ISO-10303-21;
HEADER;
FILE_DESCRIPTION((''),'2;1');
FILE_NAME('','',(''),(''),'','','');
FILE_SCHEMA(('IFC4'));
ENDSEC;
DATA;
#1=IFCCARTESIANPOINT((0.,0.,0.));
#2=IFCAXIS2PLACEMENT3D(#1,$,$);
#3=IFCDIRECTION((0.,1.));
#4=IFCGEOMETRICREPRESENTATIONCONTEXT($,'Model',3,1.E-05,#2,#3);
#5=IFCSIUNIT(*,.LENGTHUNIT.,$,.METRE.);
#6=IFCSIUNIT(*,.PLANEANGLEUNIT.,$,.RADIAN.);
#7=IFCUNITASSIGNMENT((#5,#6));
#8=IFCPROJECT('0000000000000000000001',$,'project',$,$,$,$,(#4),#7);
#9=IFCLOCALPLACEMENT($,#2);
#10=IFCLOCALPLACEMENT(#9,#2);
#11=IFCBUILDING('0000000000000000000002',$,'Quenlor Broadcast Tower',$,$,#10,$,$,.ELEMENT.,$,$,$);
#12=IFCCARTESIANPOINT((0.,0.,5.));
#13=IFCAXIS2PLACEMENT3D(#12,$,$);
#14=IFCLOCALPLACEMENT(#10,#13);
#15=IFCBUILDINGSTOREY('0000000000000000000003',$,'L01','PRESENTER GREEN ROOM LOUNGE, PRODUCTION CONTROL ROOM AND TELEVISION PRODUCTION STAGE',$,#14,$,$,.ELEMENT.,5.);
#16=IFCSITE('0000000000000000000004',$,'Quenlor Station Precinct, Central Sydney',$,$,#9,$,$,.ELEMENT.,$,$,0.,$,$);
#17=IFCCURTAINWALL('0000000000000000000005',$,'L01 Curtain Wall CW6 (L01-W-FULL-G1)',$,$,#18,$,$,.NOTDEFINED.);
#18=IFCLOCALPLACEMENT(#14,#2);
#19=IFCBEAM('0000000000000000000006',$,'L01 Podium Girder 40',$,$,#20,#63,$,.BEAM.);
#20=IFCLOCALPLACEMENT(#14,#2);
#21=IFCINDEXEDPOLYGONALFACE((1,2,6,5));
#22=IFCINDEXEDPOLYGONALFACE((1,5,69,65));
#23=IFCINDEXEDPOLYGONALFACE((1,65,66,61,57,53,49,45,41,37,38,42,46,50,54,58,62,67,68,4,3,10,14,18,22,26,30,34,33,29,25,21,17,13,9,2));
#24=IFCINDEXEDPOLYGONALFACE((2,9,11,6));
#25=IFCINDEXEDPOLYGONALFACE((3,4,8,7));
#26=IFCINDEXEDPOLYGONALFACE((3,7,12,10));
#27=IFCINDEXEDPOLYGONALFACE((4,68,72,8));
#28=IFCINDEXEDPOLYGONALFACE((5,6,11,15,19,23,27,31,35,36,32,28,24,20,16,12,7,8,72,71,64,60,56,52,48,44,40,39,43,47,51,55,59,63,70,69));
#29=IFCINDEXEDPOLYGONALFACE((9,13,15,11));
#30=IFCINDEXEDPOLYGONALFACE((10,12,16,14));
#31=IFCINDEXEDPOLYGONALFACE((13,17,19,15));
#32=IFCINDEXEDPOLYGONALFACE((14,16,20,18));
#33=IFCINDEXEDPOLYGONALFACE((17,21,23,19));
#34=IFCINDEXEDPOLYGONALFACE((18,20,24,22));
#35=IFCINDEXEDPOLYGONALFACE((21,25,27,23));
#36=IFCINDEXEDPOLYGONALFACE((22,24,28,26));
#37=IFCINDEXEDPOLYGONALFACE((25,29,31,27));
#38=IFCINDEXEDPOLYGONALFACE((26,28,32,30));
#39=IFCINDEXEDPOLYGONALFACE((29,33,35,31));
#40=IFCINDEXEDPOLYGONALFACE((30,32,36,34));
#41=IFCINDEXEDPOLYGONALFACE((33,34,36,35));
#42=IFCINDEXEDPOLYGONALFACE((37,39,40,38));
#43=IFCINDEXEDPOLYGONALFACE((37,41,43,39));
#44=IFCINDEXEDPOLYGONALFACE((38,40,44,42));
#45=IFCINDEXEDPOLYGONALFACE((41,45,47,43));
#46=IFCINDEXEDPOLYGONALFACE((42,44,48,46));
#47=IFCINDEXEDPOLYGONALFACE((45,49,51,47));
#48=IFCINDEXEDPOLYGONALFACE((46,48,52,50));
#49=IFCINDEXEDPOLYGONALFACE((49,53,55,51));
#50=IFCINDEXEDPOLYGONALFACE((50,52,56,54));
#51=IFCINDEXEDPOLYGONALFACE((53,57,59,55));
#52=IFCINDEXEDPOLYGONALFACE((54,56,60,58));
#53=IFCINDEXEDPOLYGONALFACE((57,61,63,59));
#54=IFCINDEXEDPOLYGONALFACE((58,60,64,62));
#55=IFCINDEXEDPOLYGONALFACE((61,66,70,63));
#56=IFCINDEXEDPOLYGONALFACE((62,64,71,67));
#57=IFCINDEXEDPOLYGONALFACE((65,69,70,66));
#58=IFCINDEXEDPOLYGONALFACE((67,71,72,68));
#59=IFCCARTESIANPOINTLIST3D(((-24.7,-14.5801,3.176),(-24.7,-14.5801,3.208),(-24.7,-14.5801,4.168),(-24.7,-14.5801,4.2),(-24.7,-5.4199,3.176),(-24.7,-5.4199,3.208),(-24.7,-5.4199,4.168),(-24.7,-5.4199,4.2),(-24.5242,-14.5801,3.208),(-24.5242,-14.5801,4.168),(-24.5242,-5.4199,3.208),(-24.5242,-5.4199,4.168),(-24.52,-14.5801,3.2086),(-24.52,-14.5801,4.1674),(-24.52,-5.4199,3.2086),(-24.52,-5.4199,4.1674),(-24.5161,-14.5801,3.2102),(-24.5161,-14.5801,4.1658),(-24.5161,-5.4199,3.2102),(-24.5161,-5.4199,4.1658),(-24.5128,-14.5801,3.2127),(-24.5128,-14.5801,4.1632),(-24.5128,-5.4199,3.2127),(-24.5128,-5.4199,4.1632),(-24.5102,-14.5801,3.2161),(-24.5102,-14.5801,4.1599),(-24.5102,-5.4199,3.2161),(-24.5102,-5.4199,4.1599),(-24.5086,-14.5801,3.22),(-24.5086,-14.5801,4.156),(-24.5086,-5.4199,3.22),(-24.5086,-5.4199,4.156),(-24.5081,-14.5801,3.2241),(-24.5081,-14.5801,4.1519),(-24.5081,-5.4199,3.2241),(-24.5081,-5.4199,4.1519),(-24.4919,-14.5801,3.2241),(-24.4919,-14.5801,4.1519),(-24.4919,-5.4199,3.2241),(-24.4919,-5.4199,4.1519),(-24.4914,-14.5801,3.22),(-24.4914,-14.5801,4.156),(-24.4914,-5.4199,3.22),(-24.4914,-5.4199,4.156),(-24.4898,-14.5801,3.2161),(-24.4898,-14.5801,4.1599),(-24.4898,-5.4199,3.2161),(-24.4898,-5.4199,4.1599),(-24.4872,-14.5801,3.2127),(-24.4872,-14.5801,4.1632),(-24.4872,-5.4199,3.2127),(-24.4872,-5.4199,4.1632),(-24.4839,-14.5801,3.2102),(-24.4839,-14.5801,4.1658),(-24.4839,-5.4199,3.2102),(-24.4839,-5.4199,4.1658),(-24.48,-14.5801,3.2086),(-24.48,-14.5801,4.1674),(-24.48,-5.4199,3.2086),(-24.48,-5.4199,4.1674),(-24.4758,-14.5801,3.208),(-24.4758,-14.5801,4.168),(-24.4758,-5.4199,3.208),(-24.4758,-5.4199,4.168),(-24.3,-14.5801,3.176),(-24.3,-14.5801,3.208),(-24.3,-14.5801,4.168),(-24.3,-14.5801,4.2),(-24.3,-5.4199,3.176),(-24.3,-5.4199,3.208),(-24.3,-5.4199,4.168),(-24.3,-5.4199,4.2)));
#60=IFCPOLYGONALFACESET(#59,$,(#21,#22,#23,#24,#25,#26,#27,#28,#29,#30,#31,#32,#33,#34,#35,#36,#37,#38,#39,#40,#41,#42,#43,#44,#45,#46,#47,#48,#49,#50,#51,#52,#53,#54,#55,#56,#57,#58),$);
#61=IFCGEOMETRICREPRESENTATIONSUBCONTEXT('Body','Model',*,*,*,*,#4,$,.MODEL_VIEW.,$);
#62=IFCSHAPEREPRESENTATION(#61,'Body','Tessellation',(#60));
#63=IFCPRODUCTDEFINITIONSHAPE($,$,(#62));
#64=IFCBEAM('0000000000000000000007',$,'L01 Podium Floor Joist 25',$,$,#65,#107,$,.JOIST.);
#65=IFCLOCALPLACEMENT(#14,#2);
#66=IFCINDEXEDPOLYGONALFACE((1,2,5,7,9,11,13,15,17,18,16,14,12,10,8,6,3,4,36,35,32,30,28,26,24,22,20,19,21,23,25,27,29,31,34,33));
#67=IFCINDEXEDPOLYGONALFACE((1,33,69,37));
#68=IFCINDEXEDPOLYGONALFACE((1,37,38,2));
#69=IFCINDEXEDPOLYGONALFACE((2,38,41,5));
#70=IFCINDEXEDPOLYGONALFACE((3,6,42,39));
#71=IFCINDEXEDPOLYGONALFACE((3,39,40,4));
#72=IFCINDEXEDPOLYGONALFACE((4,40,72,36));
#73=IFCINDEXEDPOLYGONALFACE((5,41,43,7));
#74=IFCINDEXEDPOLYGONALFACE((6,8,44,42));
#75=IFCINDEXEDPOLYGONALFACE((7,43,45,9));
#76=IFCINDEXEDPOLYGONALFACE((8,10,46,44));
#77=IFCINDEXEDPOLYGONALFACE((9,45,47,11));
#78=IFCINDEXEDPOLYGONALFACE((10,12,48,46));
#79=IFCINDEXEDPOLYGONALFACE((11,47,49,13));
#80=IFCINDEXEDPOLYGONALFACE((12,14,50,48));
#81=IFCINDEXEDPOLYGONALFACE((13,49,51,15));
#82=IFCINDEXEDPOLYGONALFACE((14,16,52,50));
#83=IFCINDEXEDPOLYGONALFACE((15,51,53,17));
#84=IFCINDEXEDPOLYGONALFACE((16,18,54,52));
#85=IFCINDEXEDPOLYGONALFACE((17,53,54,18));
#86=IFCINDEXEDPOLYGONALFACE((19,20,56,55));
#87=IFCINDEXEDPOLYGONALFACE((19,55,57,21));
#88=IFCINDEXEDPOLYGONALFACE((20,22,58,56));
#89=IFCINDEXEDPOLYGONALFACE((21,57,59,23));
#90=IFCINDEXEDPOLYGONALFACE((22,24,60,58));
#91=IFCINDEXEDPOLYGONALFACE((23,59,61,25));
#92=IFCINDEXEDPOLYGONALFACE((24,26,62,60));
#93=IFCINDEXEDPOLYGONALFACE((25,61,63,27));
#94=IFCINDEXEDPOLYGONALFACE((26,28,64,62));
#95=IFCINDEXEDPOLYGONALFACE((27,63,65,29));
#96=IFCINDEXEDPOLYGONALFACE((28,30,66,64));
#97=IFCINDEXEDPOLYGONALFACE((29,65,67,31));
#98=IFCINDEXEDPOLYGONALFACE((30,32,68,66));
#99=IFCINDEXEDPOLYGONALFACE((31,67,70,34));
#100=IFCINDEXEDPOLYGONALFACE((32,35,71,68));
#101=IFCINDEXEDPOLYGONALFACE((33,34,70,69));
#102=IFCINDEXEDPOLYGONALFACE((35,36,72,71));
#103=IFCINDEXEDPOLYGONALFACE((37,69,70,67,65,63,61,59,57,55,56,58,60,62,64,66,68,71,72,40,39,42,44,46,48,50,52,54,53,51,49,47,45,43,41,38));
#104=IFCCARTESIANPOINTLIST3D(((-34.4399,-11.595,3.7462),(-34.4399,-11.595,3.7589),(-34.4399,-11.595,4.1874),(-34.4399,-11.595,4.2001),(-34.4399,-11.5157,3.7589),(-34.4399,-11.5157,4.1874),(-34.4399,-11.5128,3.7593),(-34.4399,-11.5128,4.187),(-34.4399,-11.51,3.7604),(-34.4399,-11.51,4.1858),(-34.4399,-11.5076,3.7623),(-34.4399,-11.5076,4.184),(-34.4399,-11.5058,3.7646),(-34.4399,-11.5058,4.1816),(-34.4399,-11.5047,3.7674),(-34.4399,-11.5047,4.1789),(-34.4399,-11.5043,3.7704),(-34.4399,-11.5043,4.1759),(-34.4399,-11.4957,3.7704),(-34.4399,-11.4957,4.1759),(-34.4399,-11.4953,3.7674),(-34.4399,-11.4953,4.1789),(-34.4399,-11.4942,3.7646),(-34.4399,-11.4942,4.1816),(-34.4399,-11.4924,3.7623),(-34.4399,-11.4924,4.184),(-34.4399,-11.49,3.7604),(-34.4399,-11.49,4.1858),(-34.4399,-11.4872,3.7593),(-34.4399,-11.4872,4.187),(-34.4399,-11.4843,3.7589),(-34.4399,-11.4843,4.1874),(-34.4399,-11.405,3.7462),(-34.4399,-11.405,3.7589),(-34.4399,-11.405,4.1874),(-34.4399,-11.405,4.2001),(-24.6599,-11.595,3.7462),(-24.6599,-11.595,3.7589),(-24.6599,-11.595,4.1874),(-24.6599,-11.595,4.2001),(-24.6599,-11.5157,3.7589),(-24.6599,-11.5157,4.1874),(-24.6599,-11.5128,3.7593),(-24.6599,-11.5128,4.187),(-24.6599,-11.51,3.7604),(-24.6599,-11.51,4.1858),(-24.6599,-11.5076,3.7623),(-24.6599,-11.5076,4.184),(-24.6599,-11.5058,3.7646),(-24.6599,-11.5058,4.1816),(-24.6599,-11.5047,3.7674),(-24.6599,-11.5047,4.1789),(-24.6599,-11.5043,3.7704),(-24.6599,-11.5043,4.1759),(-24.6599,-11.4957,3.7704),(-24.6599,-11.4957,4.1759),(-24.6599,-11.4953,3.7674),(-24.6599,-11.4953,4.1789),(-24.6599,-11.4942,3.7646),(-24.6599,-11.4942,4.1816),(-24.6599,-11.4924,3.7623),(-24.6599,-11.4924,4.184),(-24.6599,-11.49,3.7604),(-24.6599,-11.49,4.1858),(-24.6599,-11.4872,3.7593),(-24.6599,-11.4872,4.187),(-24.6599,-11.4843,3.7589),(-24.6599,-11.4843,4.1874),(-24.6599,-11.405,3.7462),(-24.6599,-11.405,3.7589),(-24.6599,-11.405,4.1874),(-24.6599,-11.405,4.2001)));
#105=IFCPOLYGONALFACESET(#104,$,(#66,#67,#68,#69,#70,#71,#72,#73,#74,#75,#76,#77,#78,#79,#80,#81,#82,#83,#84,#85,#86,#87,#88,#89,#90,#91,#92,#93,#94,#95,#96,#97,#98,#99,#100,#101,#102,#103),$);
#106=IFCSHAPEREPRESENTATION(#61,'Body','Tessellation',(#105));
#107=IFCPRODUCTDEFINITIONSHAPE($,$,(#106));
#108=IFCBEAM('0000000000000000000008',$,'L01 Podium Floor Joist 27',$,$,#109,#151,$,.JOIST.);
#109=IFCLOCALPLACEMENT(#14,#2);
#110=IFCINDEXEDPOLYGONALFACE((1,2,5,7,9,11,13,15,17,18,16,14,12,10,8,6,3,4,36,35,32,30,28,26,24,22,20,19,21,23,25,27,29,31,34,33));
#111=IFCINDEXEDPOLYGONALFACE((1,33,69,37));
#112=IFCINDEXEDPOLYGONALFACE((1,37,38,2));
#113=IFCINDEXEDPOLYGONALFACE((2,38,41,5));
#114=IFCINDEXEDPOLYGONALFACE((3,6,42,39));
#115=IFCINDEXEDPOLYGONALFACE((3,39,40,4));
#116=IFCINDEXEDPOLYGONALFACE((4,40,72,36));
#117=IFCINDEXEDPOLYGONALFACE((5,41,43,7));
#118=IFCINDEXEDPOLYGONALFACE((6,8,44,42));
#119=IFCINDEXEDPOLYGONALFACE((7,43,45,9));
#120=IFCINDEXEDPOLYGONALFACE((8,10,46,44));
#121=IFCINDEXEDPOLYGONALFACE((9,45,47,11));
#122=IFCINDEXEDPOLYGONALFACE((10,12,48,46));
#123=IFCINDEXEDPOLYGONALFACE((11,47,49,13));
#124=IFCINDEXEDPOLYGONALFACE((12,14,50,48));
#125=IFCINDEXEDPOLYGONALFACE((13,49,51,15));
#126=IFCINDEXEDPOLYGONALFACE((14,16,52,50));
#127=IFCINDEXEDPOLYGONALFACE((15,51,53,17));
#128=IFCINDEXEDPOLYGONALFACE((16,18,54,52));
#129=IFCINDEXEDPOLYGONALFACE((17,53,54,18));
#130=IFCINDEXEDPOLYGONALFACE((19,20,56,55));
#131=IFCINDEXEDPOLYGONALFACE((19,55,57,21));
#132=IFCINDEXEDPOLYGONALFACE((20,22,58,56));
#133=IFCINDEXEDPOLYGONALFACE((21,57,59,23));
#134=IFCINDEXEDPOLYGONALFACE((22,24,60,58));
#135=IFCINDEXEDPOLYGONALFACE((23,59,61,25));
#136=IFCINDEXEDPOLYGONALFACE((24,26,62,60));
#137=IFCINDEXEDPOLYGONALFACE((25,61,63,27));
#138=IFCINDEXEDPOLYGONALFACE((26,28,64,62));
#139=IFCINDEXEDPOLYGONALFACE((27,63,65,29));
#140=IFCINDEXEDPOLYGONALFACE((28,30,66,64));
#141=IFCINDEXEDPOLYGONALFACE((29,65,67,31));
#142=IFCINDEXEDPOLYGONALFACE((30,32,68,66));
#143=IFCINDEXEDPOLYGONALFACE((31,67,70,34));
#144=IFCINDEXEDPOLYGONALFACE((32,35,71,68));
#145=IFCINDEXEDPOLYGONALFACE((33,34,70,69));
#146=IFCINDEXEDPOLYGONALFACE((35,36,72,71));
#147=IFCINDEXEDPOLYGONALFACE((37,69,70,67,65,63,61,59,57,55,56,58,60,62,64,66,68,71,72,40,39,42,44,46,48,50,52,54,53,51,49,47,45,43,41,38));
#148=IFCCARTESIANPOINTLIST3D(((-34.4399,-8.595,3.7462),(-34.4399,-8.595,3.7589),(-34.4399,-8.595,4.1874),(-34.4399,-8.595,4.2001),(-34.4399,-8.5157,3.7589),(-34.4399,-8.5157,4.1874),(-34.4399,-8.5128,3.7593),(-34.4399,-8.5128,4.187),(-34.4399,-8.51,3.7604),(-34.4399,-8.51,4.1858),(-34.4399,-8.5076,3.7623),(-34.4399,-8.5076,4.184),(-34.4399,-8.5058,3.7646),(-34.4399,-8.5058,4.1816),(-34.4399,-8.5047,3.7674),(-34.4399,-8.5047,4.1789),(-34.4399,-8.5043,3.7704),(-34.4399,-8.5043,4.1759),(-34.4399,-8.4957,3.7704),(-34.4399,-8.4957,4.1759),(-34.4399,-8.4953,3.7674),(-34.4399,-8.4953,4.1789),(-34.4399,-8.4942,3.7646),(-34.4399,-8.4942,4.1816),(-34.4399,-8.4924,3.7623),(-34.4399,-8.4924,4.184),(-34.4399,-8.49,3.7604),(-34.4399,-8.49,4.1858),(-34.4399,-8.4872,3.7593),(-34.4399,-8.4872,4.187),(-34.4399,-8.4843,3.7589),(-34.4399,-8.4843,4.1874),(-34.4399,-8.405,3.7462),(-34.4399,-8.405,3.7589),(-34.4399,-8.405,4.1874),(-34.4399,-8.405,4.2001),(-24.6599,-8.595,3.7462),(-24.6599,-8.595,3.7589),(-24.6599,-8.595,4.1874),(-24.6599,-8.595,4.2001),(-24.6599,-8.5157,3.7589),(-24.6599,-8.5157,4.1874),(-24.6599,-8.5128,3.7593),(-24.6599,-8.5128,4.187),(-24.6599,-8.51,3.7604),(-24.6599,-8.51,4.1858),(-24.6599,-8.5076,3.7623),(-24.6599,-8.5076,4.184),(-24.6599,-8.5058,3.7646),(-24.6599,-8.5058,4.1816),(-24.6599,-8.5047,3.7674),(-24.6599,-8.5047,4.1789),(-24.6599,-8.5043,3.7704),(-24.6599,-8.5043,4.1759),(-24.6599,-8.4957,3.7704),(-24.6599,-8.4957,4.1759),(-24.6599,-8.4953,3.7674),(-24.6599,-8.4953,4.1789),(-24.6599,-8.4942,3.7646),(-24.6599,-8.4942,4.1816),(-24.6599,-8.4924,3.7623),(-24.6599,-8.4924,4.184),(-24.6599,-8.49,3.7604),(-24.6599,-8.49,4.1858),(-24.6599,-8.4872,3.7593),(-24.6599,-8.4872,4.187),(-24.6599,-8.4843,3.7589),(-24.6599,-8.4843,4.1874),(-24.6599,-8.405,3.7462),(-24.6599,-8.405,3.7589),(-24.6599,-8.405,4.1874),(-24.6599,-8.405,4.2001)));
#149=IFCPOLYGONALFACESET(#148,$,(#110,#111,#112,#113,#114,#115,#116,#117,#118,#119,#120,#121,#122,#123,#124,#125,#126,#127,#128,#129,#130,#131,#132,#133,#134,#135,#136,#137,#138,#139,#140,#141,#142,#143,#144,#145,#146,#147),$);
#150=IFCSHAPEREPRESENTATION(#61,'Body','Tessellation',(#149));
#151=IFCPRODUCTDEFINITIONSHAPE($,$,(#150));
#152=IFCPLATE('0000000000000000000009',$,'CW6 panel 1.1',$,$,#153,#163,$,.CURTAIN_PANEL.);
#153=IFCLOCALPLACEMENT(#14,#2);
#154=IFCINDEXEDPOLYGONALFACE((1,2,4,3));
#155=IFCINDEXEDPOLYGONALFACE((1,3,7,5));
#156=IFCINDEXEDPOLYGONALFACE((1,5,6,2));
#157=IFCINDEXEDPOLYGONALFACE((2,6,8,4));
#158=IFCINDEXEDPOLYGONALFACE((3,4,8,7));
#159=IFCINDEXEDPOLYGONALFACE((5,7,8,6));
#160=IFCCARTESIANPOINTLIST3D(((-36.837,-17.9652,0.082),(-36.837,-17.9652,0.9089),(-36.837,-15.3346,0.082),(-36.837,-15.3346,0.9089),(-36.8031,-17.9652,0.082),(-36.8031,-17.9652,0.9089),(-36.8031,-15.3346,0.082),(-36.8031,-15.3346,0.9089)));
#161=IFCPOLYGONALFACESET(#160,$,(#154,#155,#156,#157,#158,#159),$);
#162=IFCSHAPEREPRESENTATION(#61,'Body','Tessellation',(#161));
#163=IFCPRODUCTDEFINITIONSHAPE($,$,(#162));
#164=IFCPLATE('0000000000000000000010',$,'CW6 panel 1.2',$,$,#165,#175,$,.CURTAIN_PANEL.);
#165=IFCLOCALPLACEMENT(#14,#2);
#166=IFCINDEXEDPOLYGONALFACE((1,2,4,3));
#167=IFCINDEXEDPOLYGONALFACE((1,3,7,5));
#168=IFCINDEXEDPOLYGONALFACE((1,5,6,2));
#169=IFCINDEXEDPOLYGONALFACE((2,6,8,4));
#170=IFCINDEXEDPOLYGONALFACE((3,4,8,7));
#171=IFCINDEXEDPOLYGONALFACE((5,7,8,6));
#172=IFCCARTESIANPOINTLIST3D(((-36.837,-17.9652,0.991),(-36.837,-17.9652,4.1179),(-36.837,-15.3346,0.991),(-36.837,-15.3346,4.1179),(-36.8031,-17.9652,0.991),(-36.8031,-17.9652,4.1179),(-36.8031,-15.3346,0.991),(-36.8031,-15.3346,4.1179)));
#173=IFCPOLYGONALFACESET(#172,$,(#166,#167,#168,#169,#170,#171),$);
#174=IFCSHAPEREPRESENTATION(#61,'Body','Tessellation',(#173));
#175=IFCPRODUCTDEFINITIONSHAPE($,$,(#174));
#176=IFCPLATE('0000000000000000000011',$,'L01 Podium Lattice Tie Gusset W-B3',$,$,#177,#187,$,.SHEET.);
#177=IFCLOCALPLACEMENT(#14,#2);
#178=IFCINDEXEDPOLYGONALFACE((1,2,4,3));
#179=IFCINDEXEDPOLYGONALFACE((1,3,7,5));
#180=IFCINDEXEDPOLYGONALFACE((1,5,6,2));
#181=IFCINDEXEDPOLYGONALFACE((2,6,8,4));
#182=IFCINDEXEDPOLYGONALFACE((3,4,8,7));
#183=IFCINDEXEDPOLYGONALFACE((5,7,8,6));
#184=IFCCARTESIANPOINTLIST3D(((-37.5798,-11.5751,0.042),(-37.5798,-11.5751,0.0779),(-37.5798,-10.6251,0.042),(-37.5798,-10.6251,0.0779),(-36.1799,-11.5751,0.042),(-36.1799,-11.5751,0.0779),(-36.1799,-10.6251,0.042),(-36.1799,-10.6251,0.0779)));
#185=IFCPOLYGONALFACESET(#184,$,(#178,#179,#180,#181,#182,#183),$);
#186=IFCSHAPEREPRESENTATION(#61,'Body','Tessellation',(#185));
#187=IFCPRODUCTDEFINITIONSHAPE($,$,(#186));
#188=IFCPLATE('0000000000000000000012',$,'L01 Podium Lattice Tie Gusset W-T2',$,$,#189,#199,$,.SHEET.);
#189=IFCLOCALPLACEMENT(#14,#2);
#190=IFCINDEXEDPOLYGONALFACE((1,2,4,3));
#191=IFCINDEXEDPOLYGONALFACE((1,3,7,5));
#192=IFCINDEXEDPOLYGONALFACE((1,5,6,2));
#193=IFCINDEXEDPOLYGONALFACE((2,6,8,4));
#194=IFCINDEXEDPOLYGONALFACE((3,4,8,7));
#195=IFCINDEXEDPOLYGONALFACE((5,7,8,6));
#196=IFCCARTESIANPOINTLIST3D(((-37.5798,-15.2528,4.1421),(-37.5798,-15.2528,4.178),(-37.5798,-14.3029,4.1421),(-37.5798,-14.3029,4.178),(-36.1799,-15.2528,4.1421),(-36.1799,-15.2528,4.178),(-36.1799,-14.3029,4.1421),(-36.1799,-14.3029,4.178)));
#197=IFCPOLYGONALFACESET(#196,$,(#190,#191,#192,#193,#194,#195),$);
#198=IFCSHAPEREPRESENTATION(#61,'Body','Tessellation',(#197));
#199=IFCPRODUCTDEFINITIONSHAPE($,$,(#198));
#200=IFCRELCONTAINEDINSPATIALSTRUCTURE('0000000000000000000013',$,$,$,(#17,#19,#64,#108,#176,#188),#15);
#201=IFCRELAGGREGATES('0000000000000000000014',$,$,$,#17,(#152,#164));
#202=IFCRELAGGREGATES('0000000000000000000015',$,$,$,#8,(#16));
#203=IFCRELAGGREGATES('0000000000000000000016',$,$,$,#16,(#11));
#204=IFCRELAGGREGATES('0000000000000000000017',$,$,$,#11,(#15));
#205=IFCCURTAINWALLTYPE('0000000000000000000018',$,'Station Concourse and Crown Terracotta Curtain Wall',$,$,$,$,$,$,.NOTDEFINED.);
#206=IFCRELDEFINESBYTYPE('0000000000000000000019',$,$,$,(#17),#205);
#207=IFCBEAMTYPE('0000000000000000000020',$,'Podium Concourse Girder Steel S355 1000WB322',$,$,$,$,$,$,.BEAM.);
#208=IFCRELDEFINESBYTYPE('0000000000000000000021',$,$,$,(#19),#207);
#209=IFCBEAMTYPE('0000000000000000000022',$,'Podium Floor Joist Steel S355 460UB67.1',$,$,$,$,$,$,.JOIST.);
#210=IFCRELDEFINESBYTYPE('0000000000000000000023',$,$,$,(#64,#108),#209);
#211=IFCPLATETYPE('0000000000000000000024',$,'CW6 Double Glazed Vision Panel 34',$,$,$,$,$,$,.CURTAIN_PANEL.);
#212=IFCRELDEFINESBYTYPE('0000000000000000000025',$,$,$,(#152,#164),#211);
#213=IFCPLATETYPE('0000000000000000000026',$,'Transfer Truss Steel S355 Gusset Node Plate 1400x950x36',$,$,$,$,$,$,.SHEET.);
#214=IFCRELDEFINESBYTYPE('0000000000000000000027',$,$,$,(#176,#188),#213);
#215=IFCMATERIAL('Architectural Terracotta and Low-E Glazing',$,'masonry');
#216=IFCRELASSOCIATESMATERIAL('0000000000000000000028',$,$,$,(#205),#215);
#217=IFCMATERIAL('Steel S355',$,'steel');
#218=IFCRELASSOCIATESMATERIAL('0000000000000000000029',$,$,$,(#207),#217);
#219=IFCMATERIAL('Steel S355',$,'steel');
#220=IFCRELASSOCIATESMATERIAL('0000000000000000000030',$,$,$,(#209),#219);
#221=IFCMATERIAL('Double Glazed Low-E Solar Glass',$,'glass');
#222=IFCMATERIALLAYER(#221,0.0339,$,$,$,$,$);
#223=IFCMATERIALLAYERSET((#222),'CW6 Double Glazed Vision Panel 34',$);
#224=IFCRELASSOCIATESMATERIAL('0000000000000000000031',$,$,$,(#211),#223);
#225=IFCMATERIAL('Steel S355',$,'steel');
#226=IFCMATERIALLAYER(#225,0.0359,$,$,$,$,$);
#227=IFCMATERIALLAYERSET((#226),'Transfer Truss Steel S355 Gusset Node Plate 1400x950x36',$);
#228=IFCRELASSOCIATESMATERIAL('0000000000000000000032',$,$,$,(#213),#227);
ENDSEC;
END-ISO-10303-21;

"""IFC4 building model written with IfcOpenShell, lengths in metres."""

from ifc_helpers import new_model, si_unit, direction, frame, origin, origin_2d, place, context, subcontext, project, spatial, rectangle, i_section, extrude, material, layer, layer_set, material_profile, profile_set, type_object, element, aggregate, save


model = new_model("IFC4")

# Units and contexts
model_context = context("Model", 3, precision=1e-05, world=origin(), true_north=direction((0.0, 1.0)))
body_context = subcontext(model_context, "Body", "Model", "MODEL_VIEW")
ifc_project = project(units=[si_unit("LENGTHUNIT", "METRE"), si_unit("PLANEANGLEUNIT", "RADIAN")], contexts=[model_context])

# Site, building, storey
site_placement = place(None, origin())
site = spatial("IfcSite", under=ifc_project, at=site_placement, Name="Quenlor Station Precinct, Central Sydney", CompositionType="ELEMENT", RefElevation=0.0)
building_placement = place(site_placement, origin())
building = spatial("IfcBuilding", under=site, at=building_placement, Name="Quenlor Broadcast Tower", CompositionType="ELEMENT")
storey_placement = place(building_placement, frame((0.0, 0.0, 5.0)))
storey = spatial("IfcBuildingStorey", under=building, at=storey_placement, Name="L01", Description="PRESENTER GREEN ROOM LOUNGE, PRODUCTION CONTROL ROOM AND TELEVISION PRODUCTION STAGE", CompositionType="ELEMENT", Elevation=5.0)

# Curtain wall
ifc_material_1 = material(Name="Architectural Terracotta and Low-E Glazing", Category="masonry")
curtain_wall_type = type_object("IfcCurtainWallType", Name="Station Concourse and Crown Terracotta Curtain Wall", PredefinedType="NOTDEFINED", material=ifc_material_1)
curtain_wall_placement = place(storey_placement, origin())
curtain_wall = element("IfcCurtainWall", 1, at=curtain_wall_placement, inside=storey, type_object=curtain_wall_type, Name="L01 Curtain Wall CW6 (L01-W-FULL-G1)", PredefinedType="NOTDEFINED")

# Beams
ifc_material_2 = material(Name="Steel S355", Category="steel")
ifc_material_profile_1 = material_profile(ifc_material_2, i_section(OverallWidth=0.3999, OverallDepth=1.0239, WebThickness=0.0161, FlangeThickness=0.032, FilletRadius=0.0161, at=origin_2d()))
ifc_profile_set_1 = profile_set([ifc_material_profile_1], Name="Steel S355 1000WB322")
beam_type_1 = type_object("IfcBeamType", Name="Podium Concourse Girder Steel S355 1000WB322", PredefinedType="BEAM", material=ifc_profile_set_1)
for number, where, z_axis, x_axis, name in (
    (2, (-24.5, -14.5801, 3.688), (0.0, 1.0, 0.0), (-1.0, 0.0, 0.0), "L01 Podium Girder 40"),
):
    element("IfcBeam", number, at=place(storey_placement, frame(where, z_axis=z_axis, x_axis=x_axis)), inside=storey, type_object=beam_type_1, Name=name, PredefinedType="BEAM", context=body_context, shape_type="SweptSolid", body=[
        extrude(i_section(OverallWidth=0.3999, OverallDepth=1.0239, WebThickness=0.0161, FlangeThickness=0.032, FilletRadius=0.0161, at=origin_2d()), origin(), (0.0, 0.0, 1.0), 9.1602),
    ])
ifc_material_3 = material(Name="Steel S355", Category="steel")
ifc_material_profile_2 = material_profile(ifc_material_3, i_section(OverallWidth=0.1899, OverallDepth=0.4539, WebThickness=0.0085, FlangeThickness=0.0127, FilletRadius=0.0115, at=origin_2d()))
ifc_profile_set_2 = profile_set([ifc_material_profile_2], Name="Steel S355 460UB67.1")
beam_type_2 = type_object("IfcBeamType", Name="Podium Floor Joist Steel S355 460UB67.1", PredefinedType="JOIST", material=ifc_profile_set_2)
for number, where, z_axis, x_axis, name in (
    (3, (-34.4399, -11.5, 3.9731), (1.0, 0.0, 0.0), (0.0, 1.0, 0.0), "L01 Podium Floor Joist 25"),
    (4, (-34.4399, -8.5, 3.9731), (1.0, 0.0, 0.0), (0.0, 1.0, 0.0), "L01 Podium Floor Joist 27"),
):
    element("IfcBeam", number, at=place(storey_placement, frame(where, z_axis=z_axis, x_axis=x_axis)), inside=storey, type_object=beam_type_2, Name=name, PredefinedType="JOIST", context=body_context, shape_type="SweptSolid", body=[
        extrude(i_section(OverallWidth=0.1899, OverallDepth=0.4539, WebThickness=0.0085, FlangeThickness=0.0127, FilletRadius=0.0115, at=origin_2d()), origin(), (0.0, 0.0, 1.0), 9.78),
    ])

# Plates
ifc_material_4 = material(Name="Double Glazed Low-E Solar Glass", Category="glass")
ifc_layer_1 = layer(ifc_material_4, 0.0339)
ifc_layer_set_1 = layer_set([ifc_layer_1], Name="CW6 Double Glazed Vision Panel 34")
plate_type_1 = type_object("IfcPlateType", Name="CW6 Double Glazed Vision Panel 34", PredefinedType="CURTAIN_PANEL", material=ifc_layer_set_1)
plate_1_placement = place(storey_placement, frame((-36.8201, -16.6499, 0.082), z_axis=(0.0, 0.0, 1.0), x_axis=(0.0, 1.0, 0.0)))
plate_1 = element("IfcPlate", 5, at=plate_1_placement, type_object=plate_type_1, Name="CW6 panel 1.1", PredefinedType="CURTAIN_PANEL", context=body_context, shape_type="SweptSolid", body=[
    extrude(rectangle(XDim=2.6306, YDim=0.0339, at=origin_2d()), origin(), (0.0, 0.0, 1.0), 0.8269),
])
plate_2_placement = place(storey_placement, frame((-36.8201, -16.6499, 0.991), z_axis=(0.0, 0.0, 1.0), x_axis=(0.0, 1.0, 0.0)))
plate_2 = element("IfcPlate", 6, at=plate_2_placement, type_object=plate_type_1, Name="CW6 panel 1.2", PredefinedType="CURTAIN_PANEL", context=body_context, shape_type="SweptSolid", body=[
    extrude(rectangle(XDim=2.6306, YDim=0.0339, at=origin_2d()), origin(), (0.0, 0.0, 1.0), 3.127),
])
aggregate(curtain_wall, [plate_1, plate_2])

# Plates
ifc_material_5 = material(Name="Steel S355", Category="steel")
ifc_layer_2 = layer(ifc_material_5, 0.0359)
ifc_layer_set_2 = layer_set([ifc_layer_2], Name="Transfer Truss Steel S355 Gusset Node Plate 1400x950x36")
plate_type_2 = type_object("IfcPlateType", Name="Transfer Truss Steel S355 Gusset Node Plate 1400x950x36", PredefinedType="SHEET", material=ifc_layer_set_2)
for number, where, z_axis, x_axis, name in (
    (7, (-36.8799, -11.1001, 0.042), (0.0, 0.0, 1.0), (-1.0, 0.0, 0.0), "L01 Podium Lattice Tie Gusset W-B3"),
    (8, (-36.8799, -14.7778, 4.1421), (0.0, 0.0, 1.0), (-1.0, 0.0, 0.0), "L01 Podium Lattice Tie Gusset W-T2"),
):
    element("IfcPlate", number, at=place(storey_placement, frame(where, z_axis=z_axis, x_axis=x_axis)), inside=storey, type_object=plate_type_2, Name=name, PredefinedType="SHEET", context=body_context, shape_type="SweptSolid", body=[
        extrude(rectangle(XDim=1.3999, YDim=0.95, at=origin_2d()), origin(), (0.0, 0.0, 1.0), 0.0359),
    ])

save(model, "model.ifc")
